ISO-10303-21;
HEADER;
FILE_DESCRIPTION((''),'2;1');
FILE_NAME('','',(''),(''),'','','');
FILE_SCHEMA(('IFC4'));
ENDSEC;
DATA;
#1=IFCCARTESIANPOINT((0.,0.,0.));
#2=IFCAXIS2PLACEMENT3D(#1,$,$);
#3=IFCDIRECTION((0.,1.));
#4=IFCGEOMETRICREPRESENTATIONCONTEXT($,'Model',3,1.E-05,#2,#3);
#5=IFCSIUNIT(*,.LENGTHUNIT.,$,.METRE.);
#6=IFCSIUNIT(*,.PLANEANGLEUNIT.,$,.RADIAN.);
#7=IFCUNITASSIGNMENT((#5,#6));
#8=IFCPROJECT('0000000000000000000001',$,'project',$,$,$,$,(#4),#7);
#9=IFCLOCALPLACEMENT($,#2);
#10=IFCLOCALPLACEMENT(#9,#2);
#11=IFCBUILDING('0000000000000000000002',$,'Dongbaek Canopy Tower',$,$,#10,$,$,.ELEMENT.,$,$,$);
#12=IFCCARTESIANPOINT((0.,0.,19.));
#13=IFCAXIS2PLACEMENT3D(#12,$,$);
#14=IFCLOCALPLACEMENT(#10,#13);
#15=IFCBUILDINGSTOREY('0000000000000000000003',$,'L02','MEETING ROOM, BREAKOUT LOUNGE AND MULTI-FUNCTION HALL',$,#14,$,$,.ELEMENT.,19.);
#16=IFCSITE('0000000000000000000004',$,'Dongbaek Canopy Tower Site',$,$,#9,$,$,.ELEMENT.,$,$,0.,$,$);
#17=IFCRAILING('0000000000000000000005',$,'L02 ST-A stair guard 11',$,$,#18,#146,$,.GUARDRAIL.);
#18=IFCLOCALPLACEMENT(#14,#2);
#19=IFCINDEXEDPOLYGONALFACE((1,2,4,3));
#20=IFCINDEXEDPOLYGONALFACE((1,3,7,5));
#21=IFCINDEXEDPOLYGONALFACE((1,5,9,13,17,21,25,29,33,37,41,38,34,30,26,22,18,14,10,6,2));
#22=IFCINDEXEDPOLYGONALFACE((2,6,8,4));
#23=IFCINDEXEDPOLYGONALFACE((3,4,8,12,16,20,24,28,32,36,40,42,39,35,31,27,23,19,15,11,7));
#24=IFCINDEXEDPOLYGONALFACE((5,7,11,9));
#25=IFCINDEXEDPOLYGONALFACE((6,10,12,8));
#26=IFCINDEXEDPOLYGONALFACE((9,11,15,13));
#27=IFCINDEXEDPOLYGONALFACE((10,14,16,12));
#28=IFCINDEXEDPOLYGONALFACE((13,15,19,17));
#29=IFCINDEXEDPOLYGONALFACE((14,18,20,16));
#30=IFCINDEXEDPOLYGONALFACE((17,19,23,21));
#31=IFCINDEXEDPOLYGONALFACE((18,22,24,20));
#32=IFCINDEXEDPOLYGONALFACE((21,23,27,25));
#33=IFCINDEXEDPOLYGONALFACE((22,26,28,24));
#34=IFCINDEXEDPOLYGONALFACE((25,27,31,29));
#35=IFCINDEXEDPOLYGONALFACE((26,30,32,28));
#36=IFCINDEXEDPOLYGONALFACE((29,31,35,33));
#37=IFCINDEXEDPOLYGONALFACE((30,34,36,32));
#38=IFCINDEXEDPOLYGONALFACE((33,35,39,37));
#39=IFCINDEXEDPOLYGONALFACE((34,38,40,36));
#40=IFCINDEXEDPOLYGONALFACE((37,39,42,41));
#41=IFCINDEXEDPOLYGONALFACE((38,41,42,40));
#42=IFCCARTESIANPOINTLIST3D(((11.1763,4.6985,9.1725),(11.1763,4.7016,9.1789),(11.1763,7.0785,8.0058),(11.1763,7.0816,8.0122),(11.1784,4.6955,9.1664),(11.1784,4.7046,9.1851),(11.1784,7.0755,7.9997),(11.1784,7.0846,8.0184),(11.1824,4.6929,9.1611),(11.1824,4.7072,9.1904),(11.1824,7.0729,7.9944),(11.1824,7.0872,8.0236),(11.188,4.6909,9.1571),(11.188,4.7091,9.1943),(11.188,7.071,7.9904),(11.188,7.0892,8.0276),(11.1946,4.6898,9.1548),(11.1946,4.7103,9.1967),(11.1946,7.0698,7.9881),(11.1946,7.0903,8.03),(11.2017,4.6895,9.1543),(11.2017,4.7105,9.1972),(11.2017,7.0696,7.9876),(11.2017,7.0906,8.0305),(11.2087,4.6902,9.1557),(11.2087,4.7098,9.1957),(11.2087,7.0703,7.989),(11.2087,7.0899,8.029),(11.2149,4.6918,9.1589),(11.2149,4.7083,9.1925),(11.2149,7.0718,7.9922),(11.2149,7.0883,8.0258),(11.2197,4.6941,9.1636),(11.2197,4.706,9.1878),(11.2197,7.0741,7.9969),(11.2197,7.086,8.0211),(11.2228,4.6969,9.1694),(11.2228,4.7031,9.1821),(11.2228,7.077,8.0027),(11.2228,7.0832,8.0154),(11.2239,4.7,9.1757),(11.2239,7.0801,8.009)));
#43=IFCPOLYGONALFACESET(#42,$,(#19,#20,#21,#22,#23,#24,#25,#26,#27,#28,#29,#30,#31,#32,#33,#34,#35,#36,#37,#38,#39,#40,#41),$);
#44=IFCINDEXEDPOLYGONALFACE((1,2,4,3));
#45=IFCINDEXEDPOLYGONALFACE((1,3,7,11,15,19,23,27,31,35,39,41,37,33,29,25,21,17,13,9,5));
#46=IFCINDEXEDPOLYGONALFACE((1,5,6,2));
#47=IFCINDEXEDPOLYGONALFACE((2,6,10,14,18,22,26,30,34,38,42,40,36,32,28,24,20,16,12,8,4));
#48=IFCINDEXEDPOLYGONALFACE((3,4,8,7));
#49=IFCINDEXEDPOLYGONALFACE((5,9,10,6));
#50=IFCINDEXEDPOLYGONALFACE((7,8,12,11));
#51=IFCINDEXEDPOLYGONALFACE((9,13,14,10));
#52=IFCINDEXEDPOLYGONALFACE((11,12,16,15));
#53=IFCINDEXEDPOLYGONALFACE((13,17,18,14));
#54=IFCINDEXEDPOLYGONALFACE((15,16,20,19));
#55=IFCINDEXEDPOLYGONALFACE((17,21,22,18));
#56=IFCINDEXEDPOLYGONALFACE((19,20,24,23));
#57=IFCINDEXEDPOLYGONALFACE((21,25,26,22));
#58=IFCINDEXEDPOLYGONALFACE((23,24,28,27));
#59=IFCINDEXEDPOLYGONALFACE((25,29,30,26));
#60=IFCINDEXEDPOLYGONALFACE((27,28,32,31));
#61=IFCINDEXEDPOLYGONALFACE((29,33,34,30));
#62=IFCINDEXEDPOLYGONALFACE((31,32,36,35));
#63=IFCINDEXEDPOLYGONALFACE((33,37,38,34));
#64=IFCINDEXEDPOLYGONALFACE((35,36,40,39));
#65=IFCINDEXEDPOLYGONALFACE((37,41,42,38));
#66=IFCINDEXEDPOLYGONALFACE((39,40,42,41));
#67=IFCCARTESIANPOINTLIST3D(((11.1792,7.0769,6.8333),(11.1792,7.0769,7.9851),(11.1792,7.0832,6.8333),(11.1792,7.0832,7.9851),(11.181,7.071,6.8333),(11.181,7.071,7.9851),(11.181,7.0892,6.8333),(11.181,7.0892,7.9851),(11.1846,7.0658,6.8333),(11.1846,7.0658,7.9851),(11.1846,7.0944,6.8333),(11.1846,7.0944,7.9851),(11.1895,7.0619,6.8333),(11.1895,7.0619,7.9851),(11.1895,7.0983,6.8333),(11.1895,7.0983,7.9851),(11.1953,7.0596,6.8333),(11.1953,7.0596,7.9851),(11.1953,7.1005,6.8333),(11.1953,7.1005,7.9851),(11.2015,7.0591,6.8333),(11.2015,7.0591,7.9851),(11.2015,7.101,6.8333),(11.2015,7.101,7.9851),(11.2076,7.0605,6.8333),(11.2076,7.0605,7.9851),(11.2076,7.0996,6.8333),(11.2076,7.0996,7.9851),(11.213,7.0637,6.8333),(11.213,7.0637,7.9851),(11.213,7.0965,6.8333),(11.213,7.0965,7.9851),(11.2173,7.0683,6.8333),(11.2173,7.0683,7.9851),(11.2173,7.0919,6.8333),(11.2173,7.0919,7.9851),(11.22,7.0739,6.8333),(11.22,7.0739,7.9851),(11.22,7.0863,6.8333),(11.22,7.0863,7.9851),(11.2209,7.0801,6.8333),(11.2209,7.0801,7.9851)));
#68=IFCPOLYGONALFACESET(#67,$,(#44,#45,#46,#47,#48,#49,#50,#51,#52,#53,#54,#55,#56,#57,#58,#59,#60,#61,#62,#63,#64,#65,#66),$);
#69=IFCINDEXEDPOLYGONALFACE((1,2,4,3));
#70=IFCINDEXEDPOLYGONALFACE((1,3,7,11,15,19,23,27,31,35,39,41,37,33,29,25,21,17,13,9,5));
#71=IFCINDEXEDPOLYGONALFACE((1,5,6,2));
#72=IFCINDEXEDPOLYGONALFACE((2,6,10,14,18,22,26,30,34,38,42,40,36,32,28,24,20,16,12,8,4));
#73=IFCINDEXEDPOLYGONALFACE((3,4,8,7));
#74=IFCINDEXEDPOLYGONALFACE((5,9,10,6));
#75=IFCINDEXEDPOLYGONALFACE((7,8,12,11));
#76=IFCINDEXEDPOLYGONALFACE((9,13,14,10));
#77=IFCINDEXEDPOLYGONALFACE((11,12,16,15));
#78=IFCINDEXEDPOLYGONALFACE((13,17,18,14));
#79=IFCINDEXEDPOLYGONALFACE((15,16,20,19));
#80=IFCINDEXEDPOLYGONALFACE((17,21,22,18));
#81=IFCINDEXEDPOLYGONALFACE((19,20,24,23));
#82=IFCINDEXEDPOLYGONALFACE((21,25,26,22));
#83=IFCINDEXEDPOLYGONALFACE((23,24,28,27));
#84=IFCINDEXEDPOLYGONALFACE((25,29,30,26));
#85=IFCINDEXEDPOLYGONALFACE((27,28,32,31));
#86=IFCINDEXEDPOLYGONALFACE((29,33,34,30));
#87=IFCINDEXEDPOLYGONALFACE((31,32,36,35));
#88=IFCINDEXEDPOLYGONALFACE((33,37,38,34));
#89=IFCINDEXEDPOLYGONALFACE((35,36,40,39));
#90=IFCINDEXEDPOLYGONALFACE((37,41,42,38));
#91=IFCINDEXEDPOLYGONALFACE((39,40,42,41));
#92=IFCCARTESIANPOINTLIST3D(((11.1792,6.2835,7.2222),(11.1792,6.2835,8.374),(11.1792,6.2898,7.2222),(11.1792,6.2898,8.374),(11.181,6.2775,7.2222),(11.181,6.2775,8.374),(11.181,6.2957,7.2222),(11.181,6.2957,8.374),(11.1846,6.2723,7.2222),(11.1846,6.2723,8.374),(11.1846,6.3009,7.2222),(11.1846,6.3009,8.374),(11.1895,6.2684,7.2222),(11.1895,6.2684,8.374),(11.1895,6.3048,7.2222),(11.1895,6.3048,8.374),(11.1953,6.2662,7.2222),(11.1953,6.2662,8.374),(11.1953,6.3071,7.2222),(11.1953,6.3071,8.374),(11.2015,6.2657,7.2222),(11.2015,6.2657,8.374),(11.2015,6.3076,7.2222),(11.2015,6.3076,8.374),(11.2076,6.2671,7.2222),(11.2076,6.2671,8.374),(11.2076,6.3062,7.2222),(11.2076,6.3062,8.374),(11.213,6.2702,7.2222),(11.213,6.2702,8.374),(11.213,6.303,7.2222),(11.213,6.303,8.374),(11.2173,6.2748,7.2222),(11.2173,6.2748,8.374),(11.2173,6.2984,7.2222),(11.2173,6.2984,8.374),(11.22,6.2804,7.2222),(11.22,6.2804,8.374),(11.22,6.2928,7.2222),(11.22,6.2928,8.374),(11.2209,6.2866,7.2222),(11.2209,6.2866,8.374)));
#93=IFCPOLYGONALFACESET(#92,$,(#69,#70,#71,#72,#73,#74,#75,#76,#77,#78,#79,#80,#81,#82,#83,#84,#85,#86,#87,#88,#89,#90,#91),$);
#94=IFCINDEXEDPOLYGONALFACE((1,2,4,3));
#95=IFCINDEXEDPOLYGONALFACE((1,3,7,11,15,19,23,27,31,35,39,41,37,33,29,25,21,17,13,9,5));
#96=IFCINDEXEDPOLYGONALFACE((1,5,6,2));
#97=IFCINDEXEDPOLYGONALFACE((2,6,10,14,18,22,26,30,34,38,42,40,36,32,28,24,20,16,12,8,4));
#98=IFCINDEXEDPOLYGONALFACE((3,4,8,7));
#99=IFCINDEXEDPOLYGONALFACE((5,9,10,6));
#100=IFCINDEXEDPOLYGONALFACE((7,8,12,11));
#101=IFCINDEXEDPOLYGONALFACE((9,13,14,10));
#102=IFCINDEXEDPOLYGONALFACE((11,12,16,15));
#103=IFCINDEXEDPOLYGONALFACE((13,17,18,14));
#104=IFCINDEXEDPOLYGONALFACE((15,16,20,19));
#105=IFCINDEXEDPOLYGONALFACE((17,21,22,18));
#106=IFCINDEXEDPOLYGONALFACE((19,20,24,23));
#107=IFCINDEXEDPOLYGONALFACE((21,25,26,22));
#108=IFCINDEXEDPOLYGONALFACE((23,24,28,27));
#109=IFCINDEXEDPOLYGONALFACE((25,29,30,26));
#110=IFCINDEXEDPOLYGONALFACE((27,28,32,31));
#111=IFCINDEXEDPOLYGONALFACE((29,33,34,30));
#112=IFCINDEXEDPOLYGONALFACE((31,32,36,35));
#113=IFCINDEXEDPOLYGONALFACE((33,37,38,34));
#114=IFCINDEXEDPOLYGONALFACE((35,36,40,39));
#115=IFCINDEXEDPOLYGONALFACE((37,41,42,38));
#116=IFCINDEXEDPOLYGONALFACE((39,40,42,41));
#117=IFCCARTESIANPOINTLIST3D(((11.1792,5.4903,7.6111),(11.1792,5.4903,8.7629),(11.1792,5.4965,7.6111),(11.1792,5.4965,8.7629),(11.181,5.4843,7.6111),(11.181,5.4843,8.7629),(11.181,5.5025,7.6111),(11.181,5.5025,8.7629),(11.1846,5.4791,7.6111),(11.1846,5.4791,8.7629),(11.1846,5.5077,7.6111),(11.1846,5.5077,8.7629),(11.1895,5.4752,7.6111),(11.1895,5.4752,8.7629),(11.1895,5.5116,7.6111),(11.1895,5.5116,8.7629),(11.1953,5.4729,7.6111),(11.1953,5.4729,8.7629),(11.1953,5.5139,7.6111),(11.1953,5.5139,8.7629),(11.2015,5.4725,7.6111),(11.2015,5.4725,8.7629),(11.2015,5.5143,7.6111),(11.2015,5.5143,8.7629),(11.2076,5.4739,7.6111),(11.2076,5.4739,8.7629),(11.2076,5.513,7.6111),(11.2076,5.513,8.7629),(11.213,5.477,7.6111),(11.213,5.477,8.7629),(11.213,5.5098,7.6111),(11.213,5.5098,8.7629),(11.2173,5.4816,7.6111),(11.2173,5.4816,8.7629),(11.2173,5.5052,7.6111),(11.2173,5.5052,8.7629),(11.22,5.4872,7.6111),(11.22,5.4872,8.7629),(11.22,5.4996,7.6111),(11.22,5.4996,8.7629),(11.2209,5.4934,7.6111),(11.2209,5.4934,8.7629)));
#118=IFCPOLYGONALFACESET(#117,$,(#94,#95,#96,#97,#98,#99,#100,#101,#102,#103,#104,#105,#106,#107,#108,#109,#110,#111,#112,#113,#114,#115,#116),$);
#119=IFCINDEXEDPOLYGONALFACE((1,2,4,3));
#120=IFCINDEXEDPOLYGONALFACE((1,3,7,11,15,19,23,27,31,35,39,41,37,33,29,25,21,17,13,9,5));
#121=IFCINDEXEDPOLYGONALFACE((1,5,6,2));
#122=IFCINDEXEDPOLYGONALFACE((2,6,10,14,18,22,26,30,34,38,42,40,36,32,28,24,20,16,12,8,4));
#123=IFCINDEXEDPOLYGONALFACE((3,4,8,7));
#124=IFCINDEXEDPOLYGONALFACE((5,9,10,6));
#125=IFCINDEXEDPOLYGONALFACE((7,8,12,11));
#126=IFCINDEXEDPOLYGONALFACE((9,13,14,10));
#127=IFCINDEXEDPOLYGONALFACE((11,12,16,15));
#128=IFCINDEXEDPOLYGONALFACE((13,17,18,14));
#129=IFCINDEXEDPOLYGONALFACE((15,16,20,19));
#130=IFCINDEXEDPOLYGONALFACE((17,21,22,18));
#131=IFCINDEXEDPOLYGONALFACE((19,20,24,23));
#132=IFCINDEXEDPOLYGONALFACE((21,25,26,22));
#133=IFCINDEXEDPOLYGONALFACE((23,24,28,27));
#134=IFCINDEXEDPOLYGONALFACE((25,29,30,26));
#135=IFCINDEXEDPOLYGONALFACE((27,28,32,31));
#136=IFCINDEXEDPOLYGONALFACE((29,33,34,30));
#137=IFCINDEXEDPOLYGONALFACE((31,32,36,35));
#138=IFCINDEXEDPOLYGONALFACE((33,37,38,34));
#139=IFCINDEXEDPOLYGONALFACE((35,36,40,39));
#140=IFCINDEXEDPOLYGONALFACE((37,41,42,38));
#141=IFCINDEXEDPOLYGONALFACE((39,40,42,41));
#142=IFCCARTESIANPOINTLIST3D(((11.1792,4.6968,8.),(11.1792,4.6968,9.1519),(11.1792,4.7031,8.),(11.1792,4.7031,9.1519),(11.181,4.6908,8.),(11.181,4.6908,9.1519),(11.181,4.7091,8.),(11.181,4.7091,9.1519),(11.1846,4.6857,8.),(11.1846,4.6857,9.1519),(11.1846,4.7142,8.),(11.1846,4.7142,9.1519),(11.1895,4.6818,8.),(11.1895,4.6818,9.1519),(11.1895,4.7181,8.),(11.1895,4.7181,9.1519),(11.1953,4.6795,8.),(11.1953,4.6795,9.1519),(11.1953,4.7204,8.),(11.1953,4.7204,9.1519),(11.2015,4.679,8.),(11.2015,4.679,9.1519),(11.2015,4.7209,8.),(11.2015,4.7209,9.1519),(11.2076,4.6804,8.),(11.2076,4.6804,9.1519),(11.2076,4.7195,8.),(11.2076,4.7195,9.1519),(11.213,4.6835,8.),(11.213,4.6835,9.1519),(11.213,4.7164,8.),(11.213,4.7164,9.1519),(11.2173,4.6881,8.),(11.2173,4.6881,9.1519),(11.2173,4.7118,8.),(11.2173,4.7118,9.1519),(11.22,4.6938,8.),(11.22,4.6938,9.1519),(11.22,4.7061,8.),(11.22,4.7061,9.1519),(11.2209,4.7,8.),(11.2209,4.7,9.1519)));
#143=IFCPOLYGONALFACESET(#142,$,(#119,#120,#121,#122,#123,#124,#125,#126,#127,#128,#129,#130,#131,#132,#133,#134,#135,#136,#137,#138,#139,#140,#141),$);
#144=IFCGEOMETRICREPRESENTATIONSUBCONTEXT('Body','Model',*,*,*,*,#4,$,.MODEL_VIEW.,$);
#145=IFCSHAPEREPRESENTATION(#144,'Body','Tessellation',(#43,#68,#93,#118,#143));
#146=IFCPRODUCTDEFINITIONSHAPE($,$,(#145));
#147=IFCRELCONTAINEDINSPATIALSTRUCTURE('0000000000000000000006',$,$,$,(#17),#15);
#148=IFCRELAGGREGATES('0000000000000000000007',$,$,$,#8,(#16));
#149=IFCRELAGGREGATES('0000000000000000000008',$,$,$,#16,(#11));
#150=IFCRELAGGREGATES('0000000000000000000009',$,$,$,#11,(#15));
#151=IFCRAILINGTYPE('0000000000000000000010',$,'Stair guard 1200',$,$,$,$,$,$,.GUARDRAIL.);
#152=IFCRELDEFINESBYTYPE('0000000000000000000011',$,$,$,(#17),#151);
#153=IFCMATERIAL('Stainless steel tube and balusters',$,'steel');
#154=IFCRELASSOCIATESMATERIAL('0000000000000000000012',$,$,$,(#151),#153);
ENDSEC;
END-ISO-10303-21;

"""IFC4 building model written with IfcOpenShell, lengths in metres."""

from ifc_helpers import new_model, si_unit, direction, frame, origin, origin_2d, place, context, subcontext, project, spatial, circle, extrude, material, type_object, element, save


model = new_model("IFC4")

# Units and contexts
model_context = context("Model", 3, precision=1e-05, world=origin(), true_north=direction((0.0, 1.0)))
body_context = subcontext(model_context, "Body", "Model", "MODEL_VIEW")
ifc_project = project(units=[si_unit("LENGTHUNIT", "METRE"), si_unit("PLANEANGLEUNIT", "RADIAN")], contexts=[model_context])

# Site, building, storey
site_placement = place(None, origin())
site = spatial("IfcSite", under=ifc_project, at=site_placement, Name="Dongbaek Canopy Tower Site", CompositionType="ELEMENT", RefElevation=0.0)
building_placement = place(site_placement, origin())
building = spatial("IfcBuilding", under=site, at=building_placement, Name="Dongbaek Canopy Tower", CompositionType="ELEMENT")
storey_placement = place(building_placement, frame((0.0, 0.0, 19.0)))
storey = spatial("IfcBuildingStorey", under=building, at=storey_placement, Name="L02", Description="MEETING ROOM, BREAKOUT LOUNGE AND MULTI-FUNCTION HALL", CompositionType="ELEMENT", Elevation=19.0)

# Railing
ifc_material_1 = material(Name="Stainless steel tube and balusters", Category="steel")
railing_type_1 = type_object("IfcRailingType", Name="Stair guard 1200", PredefinedType="GUARDRAIL", material=ifc_material_1)
railing_1_placement = place(storey_placement, frame((11.2, 7.0801, 6.8333)))
element("IfcRailing", 1, at=railing_1_placement, inside=storey, type_object=railing_type_1, Name="L02 ST-A stair guard 11", PredefinedType="GUARDRAIL", context=body_context, shape_type="SweptSolid", body=[
    extrude(circle(Radius=0.0239, at=origin_2d()), frame((0.0, 0.0, 1.1758), z_axis=(0.0, -0.897918, 0.440163), x_axis=(1.0, 0.0, 0.0)), (0.0, 0.0, 1.0), 2.6506),
    extrude(circle(Radius=0.021, at=origin_2d()), origin(), (0.0, 0.0, 1.0), 1.1519),
    extrude(circle(Radius=0.021, at=origin_2d()), frame((0.0, -0.7935, 0.3889)), (0.0, 0.0, 1.0), 1.1519),
    extrude(circle(Radius=0.021, at=origin_2d()), frame((0.0, -1.5867, 0.7778)), (0.0, 0.0, 1.0), 1.1519),
    extrude(circle(Radius=0.021, at=origin_2d()), frame((0.0, -2.3801, 1.1667)), (0.0, 0.0, 1.0), 1.1519),
])

save(model, "model.ifc")
